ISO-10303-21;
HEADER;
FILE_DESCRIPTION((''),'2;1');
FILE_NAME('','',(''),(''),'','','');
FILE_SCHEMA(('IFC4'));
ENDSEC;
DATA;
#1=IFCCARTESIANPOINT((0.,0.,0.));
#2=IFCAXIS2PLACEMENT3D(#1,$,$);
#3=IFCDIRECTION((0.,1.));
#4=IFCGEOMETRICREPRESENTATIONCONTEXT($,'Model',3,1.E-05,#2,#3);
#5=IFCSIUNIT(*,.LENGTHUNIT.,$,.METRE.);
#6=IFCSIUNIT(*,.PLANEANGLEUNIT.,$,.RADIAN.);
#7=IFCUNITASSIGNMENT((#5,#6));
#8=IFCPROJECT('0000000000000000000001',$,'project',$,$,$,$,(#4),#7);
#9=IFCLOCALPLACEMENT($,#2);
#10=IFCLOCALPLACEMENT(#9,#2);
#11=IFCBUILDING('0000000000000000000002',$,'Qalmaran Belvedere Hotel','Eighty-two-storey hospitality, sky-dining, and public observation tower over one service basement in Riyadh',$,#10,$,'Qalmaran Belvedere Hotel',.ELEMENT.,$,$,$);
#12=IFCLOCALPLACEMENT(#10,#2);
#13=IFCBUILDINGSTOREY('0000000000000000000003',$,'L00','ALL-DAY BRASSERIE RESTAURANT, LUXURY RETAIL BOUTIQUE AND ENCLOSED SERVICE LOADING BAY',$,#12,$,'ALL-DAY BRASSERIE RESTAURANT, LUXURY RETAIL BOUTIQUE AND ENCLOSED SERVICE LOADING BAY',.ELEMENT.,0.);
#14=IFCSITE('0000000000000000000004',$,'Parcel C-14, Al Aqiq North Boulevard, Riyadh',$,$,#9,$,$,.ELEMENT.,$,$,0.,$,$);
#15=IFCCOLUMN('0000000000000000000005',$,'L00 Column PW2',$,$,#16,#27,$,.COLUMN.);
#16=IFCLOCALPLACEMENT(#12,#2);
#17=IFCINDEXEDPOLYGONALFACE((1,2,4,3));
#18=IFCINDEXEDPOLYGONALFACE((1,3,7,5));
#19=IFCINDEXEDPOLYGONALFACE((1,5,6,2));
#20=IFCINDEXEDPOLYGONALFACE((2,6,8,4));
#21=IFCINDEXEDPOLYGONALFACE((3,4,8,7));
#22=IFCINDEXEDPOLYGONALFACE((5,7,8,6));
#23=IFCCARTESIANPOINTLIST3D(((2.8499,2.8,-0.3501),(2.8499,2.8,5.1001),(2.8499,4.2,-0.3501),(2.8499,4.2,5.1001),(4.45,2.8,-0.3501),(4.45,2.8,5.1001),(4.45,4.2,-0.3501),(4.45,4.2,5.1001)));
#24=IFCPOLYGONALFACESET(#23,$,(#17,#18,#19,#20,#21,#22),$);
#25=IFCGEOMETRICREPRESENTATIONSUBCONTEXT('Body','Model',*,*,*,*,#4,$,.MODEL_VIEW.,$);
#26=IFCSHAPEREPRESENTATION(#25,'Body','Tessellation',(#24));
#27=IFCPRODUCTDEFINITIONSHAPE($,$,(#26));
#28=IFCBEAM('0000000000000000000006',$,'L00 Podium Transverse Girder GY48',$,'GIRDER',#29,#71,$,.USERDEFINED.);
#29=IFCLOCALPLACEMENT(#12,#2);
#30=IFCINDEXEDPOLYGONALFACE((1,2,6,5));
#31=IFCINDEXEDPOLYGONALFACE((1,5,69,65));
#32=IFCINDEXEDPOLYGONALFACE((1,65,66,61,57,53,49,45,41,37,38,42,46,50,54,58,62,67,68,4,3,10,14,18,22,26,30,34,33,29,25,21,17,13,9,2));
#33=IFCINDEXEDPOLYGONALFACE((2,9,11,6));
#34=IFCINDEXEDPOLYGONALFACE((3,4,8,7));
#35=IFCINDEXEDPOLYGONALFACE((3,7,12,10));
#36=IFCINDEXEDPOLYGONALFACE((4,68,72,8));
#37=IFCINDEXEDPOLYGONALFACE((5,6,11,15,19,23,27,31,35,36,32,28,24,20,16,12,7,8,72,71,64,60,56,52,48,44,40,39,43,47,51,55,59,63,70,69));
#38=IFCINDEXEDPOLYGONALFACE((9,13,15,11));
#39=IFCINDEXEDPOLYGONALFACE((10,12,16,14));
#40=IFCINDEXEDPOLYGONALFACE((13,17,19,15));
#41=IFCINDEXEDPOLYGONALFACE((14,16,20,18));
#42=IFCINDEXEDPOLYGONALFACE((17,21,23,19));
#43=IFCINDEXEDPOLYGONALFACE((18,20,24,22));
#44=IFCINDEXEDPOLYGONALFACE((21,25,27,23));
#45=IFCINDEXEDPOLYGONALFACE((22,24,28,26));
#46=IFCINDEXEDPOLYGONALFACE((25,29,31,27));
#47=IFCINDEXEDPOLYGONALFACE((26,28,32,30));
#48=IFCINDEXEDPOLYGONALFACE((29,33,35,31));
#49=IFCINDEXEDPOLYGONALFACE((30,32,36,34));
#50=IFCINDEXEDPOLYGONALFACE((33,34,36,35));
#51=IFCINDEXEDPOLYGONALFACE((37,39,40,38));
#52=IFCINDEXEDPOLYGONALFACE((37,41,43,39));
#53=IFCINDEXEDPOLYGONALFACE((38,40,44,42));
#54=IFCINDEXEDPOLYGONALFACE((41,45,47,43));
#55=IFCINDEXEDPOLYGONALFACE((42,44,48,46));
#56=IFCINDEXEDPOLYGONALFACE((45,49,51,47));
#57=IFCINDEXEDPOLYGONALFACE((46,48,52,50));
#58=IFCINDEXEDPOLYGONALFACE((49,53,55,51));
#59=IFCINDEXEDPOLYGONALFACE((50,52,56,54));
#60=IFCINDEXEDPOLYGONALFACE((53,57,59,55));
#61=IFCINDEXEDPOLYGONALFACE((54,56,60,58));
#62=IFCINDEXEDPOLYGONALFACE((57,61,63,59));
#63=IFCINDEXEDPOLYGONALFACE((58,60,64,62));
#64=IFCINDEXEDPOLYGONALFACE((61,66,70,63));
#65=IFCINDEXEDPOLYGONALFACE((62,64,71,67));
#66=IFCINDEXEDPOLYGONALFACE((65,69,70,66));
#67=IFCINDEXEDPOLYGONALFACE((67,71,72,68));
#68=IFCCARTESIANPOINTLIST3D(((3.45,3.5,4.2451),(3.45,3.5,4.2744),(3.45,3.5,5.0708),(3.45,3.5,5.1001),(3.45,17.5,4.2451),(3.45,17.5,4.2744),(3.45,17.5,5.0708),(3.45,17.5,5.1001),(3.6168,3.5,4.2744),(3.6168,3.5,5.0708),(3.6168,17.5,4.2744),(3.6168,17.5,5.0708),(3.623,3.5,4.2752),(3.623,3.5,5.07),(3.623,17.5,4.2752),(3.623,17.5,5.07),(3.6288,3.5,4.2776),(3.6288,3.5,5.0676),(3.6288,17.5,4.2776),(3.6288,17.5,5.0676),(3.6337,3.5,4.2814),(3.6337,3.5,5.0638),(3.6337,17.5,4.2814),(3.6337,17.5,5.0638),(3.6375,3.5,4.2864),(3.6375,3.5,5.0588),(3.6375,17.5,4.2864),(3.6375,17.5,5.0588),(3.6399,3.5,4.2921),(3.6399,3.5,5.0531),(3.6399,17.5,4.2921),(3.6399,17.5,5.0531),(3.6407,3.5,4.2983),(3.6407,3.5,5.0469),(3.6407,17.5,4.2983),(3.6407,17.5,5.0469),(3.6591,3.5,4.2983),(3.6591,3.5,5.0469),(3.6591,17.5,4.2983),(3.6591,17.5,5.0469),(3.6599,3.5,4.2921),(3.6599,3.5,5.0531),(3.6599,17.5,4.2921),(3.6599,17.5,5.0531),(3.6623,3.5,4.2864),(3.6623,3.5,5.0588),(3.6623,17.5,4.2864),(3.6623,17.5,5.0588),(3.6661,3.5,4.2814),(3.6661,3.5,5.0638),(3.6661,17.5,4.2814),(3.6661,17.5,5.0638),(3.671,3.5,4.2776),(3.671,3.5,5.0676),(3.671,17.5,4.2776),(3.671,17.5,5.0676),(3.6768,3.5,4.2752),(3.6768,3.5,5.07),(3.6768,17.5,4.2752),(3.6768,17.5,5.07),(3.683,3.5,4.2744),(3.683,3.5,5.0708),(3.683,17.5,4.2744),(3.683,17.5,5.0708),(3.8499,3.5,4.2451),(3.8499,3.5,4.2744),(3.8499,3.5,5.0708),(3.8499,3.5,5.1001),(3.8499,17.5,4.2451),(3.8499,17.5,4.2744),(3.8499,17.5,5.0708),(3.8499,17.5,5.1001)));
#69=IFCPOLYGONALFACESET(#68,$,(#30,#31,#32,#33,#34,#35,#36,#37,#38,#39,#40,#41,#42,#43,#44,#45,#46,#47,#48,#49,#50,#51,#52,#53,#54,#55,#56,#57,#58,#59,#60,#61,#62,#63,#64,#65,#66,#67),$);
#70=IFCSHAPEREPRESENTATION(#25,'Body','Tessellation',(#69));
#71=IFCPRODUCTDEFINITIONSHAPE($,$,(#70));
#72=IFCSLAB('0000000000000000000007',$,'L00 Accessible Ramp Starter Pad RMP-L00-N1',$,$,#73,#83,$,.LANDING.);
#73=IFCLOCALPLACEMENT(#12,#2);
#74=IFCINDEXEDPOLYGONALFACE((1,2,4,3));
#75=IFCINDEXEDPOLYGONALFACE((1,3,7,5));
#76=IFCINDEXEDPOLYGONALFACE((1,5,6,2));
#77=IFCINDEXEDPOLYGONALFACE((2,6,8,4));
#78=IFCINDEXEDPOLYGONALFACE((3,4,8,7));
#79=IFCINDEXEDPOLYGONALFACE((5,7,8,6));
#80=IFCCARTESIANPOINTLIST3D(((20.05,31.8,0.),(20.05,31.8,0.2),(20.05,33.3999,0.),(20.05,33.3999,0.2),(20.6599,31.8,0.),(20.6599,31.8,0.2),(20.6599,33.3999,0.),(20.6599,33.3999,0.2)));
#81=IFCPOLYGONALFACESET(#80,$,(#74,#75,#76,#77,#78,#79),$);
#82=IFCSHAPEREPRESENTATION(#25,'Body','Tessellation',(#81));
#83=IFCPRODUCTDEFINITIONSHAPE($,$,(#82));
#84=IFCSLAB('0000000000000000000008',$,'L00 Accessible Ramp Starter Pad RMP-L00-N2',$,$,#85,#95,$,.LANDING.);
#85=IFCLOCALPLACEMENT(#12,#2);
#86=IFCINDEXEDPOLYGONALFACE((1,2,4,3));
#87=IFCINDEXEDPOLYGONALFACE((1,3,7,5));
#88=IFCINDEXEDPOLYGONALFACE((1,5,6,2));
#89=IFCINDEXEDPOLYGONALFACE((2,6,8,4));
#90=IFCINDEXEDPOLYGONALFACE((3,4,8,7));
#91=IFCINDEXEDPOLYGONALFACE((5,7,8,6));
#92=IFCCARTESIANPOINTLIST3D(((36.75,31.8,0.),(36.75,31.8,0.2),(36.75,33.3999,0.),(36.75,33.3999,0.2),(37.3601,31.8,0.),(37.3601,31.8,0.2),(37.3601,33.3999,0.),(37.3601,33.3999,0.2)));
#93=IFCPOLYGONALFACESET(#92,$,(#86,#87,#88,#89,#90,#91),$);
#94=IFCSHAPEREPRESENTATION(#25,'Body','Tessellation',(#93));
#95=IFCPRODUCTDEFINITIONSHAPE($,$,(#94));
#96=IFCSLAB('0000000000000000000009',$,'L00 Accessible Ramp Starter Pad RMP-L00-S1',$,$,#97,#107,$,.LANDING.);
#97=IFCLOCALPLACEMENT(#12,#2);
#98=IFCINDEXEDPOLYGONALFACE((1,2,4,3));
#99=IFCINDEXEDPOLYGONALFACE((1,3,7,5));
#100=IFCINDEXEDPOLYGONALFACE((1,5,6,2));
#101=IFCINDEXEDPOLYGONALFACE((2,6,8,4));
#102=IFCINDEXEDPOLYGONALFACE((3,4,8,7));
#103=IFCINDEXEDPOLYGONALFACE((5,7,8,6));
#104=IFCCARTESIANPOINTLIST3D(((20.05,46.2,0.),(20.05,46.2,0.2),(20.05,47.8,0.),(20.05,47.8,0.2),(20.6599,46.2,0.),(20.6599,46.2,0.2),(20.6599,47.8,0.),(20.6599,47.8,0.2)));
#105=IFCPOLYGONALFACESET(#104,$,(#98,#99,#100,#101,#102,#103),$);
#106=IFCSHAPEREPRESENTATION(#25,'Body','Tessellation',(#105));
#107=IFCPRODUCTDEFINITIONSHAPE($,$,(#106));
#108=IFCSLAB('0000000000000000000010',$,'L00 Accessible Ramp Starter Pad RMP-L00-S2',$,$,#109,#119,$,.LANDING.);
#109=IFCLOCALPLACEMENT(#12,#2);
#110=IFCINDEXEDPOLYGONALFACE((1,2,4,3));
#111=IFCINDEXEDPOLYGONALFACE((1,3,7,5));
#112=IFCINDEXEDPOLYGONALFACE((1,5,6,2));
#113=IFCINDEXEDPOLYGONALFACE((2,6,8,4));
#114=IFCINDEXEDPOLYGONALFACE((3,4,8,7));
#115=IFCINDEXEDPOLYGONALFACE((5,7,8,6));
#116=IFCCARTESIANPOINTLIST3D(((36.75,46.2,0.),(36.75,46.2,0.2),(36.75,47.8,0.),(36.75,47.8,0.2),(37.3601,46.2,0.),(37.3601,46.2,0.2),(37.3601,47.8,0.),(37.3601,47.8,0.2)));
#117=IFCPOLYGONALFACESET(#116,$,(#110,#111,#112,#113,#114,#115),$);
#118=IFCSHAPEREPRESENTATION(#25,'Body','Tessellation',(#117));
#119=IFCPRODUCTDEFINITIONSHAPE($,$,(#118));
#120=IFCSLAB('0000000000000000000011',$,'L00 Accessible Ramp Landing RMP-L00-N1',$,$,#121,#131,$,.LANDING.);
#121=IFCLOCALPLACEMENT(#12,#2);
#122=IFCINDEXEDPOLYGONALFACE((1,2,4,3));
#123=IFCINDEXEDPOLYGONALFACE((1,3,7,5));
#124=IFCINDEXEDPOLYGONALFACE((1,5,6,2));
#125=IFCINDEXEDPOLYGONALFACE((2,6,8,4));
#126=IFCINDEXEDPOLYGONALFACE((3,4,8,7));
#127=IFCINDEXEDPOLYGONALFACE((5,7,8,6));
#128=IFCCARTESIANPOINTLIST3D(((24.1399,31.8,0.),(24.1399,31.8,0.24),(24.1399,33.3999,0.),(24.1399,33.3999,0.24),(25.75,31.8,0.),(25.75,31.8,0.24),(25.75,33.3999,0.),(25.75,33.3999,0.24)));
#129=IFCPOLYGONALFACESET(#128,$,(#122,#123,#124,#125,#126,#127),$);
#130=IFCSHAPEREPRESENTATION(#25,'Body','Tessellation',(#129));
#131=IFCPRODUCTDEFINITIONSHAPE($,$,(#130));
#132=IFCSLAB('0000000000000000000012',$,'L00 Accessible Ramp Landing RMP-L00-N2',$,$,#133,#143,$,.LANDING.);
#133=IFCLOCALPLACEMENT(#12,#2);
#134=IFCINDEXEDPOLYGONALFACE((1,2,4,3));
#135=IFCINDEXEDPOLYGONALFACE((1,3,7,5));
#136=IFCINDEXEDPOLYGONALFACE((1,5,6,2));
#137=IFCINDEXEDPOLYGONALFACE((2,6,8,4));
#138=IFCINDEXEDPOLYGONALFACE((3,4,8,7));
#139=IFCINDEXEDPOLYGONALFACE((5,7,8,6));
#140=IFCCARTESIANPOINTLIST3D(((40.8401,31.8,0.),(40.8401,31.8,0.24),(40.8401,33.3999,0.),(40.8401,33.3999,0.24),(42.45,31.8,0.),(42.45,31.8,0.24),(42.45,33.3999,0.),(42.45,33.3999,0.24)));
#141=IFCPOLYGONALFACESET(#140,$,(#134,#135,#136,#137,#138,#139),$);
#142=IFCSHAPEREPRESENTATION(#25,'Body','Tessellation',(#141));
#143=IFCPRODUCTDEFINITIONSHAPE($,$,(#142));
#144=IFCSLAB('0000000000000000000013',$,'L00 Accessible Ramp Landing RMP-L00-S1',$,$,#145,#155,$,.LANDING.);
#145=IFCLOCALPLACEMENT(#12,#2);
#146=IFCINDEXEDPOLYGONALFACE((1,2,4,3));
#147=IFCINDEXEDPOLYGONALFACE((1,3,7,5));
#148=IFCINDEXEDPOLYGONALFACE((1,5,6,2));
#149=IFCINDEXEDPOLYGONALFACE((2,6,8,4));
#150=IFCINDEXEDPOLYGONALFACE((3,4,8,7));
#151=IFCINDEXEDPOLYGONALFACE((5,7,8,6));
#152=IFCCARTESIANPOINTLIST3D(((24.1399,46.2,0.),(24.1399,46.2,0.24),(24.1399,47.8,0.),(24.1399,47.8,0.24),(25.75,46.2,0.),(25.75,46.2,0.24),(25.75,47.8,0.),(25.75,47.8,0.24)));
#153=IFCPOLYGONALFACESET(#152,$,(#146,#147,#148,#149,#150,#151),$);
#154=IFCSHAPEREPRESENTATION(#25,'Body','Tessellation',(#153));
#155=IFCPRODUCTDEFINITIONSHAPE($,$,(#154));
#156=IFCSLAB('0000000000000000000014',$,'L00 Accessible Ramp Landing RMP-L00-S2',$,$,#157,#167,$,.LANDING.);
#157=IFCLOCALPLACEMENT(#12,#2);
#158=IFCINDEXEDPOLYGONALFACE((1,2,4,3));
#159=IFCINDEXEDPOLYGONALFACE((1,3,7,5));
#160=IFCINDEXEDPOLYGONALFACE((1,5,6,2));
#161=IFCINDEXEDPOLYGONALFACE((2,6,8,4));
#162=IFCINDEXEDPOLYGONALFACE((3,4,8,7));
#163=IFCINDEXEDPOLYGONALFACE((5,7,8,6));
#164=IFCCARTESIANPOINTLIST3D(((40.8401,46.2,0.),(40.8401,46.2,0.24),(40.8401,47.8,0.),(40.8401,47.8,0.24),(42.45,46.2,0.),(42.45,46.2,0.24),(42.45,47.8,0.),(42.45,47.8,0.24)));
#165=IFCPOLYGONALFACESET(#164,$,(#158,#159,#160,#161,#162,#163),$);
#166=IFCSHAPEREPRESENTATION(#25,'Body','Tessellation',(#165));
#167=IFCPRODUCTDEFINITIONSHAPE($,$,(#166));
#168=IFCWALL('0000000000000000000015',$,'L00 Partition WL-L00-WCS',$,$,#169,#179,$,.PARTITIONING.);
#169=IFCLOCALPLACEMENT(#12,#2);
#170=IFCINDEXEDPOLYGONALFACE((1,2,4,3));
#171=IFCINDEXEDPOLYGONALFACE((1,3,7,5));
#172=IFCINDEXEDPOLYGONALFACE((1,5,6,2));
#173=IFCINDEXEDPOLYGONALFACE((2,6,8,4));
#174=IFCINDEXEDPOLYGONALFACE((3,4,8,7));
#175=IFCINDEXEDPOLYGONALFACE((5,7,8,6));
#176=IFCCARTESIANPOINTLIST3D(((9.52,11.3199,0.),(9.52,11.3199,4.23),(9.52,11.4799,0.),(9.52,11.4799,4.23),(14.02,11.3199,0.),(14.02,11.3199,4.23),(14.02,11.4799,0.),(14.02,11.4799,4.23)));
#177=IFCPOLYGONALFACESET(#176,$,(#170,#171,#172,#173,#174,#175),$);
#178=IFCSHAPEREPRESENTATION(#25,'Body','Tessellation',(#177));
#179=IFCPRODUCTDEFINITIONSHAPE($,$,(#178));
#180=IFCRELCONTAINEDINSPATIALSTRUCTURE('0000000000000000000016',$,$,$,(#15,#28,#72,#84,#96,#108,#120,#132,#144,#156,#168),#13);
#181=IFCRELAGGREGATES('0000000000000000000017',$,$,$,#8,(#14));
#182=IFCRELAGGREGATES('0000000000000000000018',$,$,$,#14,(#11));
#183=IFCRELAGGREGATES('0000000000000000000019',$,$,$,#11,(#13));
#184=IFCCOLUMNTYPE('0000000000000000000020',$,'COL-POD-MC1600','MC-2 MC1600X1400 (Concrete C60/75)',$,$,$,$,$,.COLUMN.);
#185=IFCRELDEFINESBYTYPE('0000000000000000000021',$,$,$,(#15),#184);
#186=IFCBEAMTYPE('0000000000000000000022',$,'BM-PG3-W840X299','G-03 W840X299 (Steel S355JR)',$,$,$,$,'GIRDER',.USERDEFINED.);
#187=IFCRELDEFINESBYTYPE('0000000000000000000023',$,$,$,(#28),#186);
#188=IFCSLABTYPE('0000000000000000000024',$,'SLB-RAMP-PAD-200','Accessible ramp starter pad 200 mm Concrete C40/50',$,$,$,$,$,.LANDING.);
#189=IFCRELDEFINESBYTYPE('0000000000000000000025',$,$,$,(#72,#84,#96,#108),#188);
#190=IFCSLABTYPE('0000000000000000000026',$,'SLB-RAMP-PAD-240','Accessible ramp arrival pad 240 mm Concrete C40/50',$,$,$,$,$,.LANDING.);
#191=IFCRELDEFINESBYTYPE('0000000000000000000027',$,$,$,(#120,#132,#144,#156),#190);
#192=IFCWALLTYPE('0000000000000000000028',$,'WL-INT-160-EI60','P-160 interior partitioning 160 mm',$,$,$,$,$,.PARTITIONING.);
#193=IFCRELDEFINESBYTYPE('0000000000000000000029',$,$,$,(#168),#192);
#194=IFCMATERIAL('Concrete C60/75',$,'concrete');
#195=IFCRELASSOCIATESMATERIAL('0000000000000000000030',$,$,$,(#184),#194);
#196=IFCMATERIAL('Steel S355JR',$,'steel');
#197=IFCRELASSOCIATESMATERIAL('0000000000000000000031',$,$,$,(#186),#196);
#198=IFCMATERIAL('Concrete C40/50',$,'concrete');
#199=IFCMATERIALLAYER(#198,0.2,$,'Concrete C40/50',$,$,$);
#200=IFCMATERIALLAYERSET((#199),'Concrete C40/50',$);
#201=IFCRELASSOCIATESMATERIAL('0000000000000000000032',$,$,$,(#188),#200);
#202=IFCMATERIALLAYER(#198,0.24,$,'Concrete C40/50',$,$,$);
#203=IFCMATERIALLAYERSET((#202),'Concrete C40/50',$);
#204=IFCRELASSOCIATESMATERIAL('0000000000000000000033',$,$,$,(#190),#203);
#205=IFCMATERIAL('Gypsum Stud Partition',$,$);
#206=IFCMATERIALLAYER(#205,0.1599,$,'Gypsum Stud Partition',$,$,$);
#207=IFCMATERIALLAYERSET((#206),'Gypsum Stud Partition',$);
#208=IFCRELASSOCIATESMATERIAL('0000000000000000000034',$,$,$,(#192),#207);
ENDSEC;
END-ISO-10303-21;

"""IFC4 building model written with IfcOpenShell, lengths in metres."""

from ifc_helpers import new_model, si_unit, direction, frame, frame_2d, origin, origin_2d, place, context, subcontext, project, spatial, polyline, rectangle, i_section, outline, extrude, material, layer, layer_set, material_profile, profile_set, type_object, element, save


model = new_model("IFC4")

# Units and contexts
model_context = context("Model", 3, precision=1e-05, world=origin(), true_north=direction((0.0, 1.0)))
body_context = subcontext(model_context, "Body", "Model", "MODEL_VIEW")
ifc_project = project(units=[si_unit("LENGTHUNIT", "METRE"), si_unit("PLANEANGLEUNIT", "RADIAN")], contexts=[model_context])

# Site, building, storey
site_placement = place(None, origin())
site = spatial("IfcSite", under=ifc_project, at=site_placement, Name="Parcel C-14, Al Aqiq North Boulevard, Riyadh", CompositionType="ELEMENT", RefElevation=0.0)
building_placement = place(site_placement, origin())
building = spatial("IfcBuilding", under=site, at=building_placement, Name="Qalmaran Belvedere Hotel", Description="Eighty-two-storey hospitality, sky-dining, and public observation tower over one service basement in Riyadh", LongName="Qalmaran Belvedere Hotel", CompositionType="ELEMENT")
storey_placement = place(building_placement, origin())
storey = spatial("IfcBuildingStorey", under=building, at=storey_placement, Name="L00", Description="ALL-DAY BRASSERIE RESTAURANT, LUXURY RETAIL BOUTIQUE AND ENCLOSED SERVICE LOADING BAY", LongName="ALL-DAY BRASSERIE RESTAURANT, LUXURY RETAIL BOUTIQUE AND ENCLOSED SERVICE LOADING BAY", CompositionType="ELEMENT", Elevation=0.0)

# Column
ifc_material_1 = material(Name="Concrete C60/75", Category="concrete")
ifc_material_profile_1 = material_profile(ifc_material_1, rectangle(XDim=1.6001, YDim=1.3999, at=origin_2d()), Name="MC1600X1400")
ifc_profile_set_1 = profile_set([ifc_material_profile_1], Name="Concrete C60/75")
column_type = type_object("IfcColumnType", Name="COL-POD-MC1600", Description="MC-2 MC1600X1400 (Concrete C60/75)", PredefinedType="COLUMN", material=ifc_profile_set_1)
column_placement = place(storey_placement, frame((3.6499, 3.5, -0.3501), z_axis=(0.0, 0.0, 1.0), x_axis=(1.0, 0.0, 0.0)))
element("IfcColumn", 1, at=column_placement, inside=storey, type_object=column_type, Name="L00 Column PW2", PredefinedType="COLUMN", context=body_context, shape_type="SweptSolid", body=[
    extrude(rectangle(XDim=1.6001, YDim=1.3999, at=origin_2d()), origin(), (0.0, 0.0, 1.0), 5.4502),
])

# Beam
ifc_material_2 = material(Name="Steel S355JR", Category="steel")
ifc_material_profile_2 = material_profile(ifc_material_2, i_section(OverallWidth=0.3999, OverallDepth=0.855, WebThickness=0.0183, FlangeThickness=0.0293, FilletRadius=0.0239, at=origin_2d()), Name="W840X299")
ifc_profile_set_2 = profile_set([ifc_material_profile_2], Name="Steel S355JR")
beam_type = type_object("IfcBeamType", Name="BM-PG3-W840X299", Description="G-03 W840X299 (Steel S355JR)", ElementType="GIRDER", PredefinedType="USERDEFINED", material=ifc_profile_set_2)
beam_placement = place(storey_placement, frame((3.6499, 3.5, 4.6726), z_axis=(0.0, 1.0, 0.0), x_axis=(-1.0, 0.0, 0.0)))
element("IfcBeam", 2, at=beam_placement, inside=storey, type_object=beam_type, Name="L00 Podium Transverse Girder GY48", ObjectType="GIRDER", PredefinedType="USERDEFINED", context=body_context, shape_type="SweptSolid", body=[
    extrude(i_section(OverallWidth=0.3999, OverallDepth=0.855, WebThickness=0.0183, FlangeThickness=0.0293, FilletRadius=0.0239, at=origin_2d()), origin(), (0.0, 0.0, 1.0), 14.0),
])

# Slabs
ifc_material_3 = material(Name="Concrete C40/50", Category="concrete")
ifc_layer_1 = layer(ifc_material_3, 0.2, Name="Concrete C40/50")
ifc_layer_set_1 = layer_set([ifc_layer_1], Name="Concrete C40/50")
slab_type_1 = type_object("IfcSlabType", Name="SLB-RAMP-PAD-200", Description="Accessible ramp starter pad 200 mm Concrete C40/50", PredefinedType="LANDING", material=ifc_layer_set_1)
slab_1_placement = place(storey_placement, origin())
element("IfcSlab", 3, at=slab_1_placement, inside=storey, type_object=slab_type_1, Name="L00 Accessible Ramp Starter Pad RMP-L00-N1", PredefinedType="LANDING", context=body_context, shape_type="SweptSolid", body=[
    extrude(outline(polyline([(20.05, 31.8), (20.6599, 31.8), (20.6599, 33.3999), (20.05, 33.3999), (20.05, 31.8)])), origin(), (0.0, 0.0, 1.0), 0.2),
])
slab_2_placement = place(storey_placement, origin())
element("IfcSlab", 4, at=slab_2_placement, inside=storey, type_object=slab_type_1, Name="L00 Accessible Ramp Starter Pad RMP-L00-N2", PredefinedType="LANDING", context=body_context, shape_type="SweptSolid", body=[
    extrude(outline(polyline([(36.75, 31.8), (37.3601, 31.8), (37.3601, 33.3999), (36.75, 33.3999), (36.75, 31.8)])), origin(), (0.0, 0.0, 1.0), 0.2),
])
slab_3_placement = place(storey_placement, origin())
element("IfcSlab", 5, at=slab_3_placement, inside=storey, type_object=slab_type_1, Name="L00 Accessible Ramp Starter Pad RMP-L00-S1", PredefinedType="LANDING", context=body_context, shape_type="SweptSolid", body=[
    extrude(outline(polyline([(20.05, 46.2), (20.6599, 46.2), (20.6599, 47.8), (20.05, 47.8), (20.05, 46.2)])), origin(), (0.0, 0.0, 1.0), 0.2),
])
slab_4_placement = place(storey_placement, origin())
element("IfcSlab", 6, at=slab_4_placement, inside=storey, type_object=slab_type_1, Name="L00 Accessible Ramp Starter Pad RMP-L00-S2", PredefinedType="LANDING", context=body_context, shape_type="SweptSolid", body=[
    extrude(outline(polyline([(36.75, 46.2), (37.3601, 46.2), (37.3601, 47.8), (36.75, 47.8), (36.75, 46.2)])), origin(), (0.0, 0.0, 1.0), 0.2),
])
ifc_layer_2 = layer(ifc_material_3, 0.24, Name="Concrete C40/50")
ifc_layer_set_2 = layer_set([ifc_layer_2], Name="Concrete C40/50")
slab_type_2 = type_object("IfcSlabType", Name="SLB-RAMP-PAD-240", Description="Accessible ramp arrival pad 240 mm Concrete C40/50", PredefinedType="LANDING", material=ifc_layer_set_2)
slab_5_placement = place(storey_placement, origin())
element("IfcSlab", 7, at=slab_5_placement, inside=storey, type_object=slab_type_2, Name="L00 Accessible Ramp Landing RMP-L00-N1", PredefinedType="LANDING", context=body_context, shape_type="SweptSolid", body=[
    extrude(outline(polyline([(24.1399, 31.8), (25.75, 31.8), (25.75, 33.3999), (24.1399, 33.3999), (24.1399, 31.8)])), origin(), (0.0, 0.0, 1.0), 0.24),
])
slab_6_placement = place(storey_placement, origin())
element("IfcSlab", 8, at=slab_6_placement, inside=storey, type_object=slab_type_2, Name="L00 Accessible Ramp Landing RMP-L00-N2", PredefinedType="LANDING", context=body_context, shape_type="SweptSolid", body=[
    extrude(outline(polyline([(40.8401, 31.8), (42.45, 31.8), (42.45, 33.3999), (40.8401, 33.3999), (40.8401, 31.8)])), origin(), (0.0, 0.0, 1.0), 0.24),
])
slab_7_placement = place(storey_placement, origin())
element("IfcSlab", 9, at=slab_7_placement, inside=storey, type_object=slab_type_2, Name="L00 Accessible Ramp Landing RMP-L00-S1", PredefinedType="LANDING", context=body_context, shape_type="SweptSolid", body=[
    extrude(outline(polyline([(24.1399, 46.2), (25.75, 46.2), (25.75, 47.8), (24.1399, 47.8), (24.1399, 46.2)])), origin(), (0.0, 0.0, 1.0), 0.24),
])
slab_8_placement = place(storey_placement, origin())
element("IfcSlab", 10, at=slab_8_placement, inside=storey, type_object=slab_type_2, Name="L00 Accessible Ramp Landing RMP-L00-S2", PredefinedType="LANDING", context=body_context, shape_type="SweptSolid", body=[
    extrude(outline(polyline([(40.8401, 46.2), (42.45, 46.2), (42.45, 47.8), (40.8401, 47.8), (40.8401, 46.2)])), origin(), (0.0, 0.0, 1.0), 0.24),
])

# Wall
ifc_material_4 = material(Name="Gypsum Stud Partition")
ifc_layer_3 = layer(ifc_material_4, 0.1599, Name="Gypsum Stud Partition")
ifc_layer_set_3 = layer_set([ifc_layer_3], Name="Gypsum Stud Partition")
wall_type_1 = type_object("IfcWallType", Name="WL-INT-160-EI60", Description="P-160 interior partitioning 160 mm", PredefinedType="PARTITIONING", material=ifc_layer_set_3)
wall_1_placement = place(storey_placement, frame((9.52, 11.3999, 0.0), z_axis=(0.0, 0.0, 1.0), x_axis=(1.0, 0.0, 0.0)))
element("IfcWall", 11, at=wall_1_placement, inside=storey, type_object=wall_type_1, Name="L00 Partition WL-L00-WCS", PredefinedType="PARTITIONING", context=body_context, shape_type="SweptSolid", body=[
    extrude(rectangle(XDim=4.5, YDim=0.1599, at=frame_2d((2.25, 0.0))), origin(), (0.0, 0.0, 1.0), 4.23),
])

save(model, "model.ifc")
